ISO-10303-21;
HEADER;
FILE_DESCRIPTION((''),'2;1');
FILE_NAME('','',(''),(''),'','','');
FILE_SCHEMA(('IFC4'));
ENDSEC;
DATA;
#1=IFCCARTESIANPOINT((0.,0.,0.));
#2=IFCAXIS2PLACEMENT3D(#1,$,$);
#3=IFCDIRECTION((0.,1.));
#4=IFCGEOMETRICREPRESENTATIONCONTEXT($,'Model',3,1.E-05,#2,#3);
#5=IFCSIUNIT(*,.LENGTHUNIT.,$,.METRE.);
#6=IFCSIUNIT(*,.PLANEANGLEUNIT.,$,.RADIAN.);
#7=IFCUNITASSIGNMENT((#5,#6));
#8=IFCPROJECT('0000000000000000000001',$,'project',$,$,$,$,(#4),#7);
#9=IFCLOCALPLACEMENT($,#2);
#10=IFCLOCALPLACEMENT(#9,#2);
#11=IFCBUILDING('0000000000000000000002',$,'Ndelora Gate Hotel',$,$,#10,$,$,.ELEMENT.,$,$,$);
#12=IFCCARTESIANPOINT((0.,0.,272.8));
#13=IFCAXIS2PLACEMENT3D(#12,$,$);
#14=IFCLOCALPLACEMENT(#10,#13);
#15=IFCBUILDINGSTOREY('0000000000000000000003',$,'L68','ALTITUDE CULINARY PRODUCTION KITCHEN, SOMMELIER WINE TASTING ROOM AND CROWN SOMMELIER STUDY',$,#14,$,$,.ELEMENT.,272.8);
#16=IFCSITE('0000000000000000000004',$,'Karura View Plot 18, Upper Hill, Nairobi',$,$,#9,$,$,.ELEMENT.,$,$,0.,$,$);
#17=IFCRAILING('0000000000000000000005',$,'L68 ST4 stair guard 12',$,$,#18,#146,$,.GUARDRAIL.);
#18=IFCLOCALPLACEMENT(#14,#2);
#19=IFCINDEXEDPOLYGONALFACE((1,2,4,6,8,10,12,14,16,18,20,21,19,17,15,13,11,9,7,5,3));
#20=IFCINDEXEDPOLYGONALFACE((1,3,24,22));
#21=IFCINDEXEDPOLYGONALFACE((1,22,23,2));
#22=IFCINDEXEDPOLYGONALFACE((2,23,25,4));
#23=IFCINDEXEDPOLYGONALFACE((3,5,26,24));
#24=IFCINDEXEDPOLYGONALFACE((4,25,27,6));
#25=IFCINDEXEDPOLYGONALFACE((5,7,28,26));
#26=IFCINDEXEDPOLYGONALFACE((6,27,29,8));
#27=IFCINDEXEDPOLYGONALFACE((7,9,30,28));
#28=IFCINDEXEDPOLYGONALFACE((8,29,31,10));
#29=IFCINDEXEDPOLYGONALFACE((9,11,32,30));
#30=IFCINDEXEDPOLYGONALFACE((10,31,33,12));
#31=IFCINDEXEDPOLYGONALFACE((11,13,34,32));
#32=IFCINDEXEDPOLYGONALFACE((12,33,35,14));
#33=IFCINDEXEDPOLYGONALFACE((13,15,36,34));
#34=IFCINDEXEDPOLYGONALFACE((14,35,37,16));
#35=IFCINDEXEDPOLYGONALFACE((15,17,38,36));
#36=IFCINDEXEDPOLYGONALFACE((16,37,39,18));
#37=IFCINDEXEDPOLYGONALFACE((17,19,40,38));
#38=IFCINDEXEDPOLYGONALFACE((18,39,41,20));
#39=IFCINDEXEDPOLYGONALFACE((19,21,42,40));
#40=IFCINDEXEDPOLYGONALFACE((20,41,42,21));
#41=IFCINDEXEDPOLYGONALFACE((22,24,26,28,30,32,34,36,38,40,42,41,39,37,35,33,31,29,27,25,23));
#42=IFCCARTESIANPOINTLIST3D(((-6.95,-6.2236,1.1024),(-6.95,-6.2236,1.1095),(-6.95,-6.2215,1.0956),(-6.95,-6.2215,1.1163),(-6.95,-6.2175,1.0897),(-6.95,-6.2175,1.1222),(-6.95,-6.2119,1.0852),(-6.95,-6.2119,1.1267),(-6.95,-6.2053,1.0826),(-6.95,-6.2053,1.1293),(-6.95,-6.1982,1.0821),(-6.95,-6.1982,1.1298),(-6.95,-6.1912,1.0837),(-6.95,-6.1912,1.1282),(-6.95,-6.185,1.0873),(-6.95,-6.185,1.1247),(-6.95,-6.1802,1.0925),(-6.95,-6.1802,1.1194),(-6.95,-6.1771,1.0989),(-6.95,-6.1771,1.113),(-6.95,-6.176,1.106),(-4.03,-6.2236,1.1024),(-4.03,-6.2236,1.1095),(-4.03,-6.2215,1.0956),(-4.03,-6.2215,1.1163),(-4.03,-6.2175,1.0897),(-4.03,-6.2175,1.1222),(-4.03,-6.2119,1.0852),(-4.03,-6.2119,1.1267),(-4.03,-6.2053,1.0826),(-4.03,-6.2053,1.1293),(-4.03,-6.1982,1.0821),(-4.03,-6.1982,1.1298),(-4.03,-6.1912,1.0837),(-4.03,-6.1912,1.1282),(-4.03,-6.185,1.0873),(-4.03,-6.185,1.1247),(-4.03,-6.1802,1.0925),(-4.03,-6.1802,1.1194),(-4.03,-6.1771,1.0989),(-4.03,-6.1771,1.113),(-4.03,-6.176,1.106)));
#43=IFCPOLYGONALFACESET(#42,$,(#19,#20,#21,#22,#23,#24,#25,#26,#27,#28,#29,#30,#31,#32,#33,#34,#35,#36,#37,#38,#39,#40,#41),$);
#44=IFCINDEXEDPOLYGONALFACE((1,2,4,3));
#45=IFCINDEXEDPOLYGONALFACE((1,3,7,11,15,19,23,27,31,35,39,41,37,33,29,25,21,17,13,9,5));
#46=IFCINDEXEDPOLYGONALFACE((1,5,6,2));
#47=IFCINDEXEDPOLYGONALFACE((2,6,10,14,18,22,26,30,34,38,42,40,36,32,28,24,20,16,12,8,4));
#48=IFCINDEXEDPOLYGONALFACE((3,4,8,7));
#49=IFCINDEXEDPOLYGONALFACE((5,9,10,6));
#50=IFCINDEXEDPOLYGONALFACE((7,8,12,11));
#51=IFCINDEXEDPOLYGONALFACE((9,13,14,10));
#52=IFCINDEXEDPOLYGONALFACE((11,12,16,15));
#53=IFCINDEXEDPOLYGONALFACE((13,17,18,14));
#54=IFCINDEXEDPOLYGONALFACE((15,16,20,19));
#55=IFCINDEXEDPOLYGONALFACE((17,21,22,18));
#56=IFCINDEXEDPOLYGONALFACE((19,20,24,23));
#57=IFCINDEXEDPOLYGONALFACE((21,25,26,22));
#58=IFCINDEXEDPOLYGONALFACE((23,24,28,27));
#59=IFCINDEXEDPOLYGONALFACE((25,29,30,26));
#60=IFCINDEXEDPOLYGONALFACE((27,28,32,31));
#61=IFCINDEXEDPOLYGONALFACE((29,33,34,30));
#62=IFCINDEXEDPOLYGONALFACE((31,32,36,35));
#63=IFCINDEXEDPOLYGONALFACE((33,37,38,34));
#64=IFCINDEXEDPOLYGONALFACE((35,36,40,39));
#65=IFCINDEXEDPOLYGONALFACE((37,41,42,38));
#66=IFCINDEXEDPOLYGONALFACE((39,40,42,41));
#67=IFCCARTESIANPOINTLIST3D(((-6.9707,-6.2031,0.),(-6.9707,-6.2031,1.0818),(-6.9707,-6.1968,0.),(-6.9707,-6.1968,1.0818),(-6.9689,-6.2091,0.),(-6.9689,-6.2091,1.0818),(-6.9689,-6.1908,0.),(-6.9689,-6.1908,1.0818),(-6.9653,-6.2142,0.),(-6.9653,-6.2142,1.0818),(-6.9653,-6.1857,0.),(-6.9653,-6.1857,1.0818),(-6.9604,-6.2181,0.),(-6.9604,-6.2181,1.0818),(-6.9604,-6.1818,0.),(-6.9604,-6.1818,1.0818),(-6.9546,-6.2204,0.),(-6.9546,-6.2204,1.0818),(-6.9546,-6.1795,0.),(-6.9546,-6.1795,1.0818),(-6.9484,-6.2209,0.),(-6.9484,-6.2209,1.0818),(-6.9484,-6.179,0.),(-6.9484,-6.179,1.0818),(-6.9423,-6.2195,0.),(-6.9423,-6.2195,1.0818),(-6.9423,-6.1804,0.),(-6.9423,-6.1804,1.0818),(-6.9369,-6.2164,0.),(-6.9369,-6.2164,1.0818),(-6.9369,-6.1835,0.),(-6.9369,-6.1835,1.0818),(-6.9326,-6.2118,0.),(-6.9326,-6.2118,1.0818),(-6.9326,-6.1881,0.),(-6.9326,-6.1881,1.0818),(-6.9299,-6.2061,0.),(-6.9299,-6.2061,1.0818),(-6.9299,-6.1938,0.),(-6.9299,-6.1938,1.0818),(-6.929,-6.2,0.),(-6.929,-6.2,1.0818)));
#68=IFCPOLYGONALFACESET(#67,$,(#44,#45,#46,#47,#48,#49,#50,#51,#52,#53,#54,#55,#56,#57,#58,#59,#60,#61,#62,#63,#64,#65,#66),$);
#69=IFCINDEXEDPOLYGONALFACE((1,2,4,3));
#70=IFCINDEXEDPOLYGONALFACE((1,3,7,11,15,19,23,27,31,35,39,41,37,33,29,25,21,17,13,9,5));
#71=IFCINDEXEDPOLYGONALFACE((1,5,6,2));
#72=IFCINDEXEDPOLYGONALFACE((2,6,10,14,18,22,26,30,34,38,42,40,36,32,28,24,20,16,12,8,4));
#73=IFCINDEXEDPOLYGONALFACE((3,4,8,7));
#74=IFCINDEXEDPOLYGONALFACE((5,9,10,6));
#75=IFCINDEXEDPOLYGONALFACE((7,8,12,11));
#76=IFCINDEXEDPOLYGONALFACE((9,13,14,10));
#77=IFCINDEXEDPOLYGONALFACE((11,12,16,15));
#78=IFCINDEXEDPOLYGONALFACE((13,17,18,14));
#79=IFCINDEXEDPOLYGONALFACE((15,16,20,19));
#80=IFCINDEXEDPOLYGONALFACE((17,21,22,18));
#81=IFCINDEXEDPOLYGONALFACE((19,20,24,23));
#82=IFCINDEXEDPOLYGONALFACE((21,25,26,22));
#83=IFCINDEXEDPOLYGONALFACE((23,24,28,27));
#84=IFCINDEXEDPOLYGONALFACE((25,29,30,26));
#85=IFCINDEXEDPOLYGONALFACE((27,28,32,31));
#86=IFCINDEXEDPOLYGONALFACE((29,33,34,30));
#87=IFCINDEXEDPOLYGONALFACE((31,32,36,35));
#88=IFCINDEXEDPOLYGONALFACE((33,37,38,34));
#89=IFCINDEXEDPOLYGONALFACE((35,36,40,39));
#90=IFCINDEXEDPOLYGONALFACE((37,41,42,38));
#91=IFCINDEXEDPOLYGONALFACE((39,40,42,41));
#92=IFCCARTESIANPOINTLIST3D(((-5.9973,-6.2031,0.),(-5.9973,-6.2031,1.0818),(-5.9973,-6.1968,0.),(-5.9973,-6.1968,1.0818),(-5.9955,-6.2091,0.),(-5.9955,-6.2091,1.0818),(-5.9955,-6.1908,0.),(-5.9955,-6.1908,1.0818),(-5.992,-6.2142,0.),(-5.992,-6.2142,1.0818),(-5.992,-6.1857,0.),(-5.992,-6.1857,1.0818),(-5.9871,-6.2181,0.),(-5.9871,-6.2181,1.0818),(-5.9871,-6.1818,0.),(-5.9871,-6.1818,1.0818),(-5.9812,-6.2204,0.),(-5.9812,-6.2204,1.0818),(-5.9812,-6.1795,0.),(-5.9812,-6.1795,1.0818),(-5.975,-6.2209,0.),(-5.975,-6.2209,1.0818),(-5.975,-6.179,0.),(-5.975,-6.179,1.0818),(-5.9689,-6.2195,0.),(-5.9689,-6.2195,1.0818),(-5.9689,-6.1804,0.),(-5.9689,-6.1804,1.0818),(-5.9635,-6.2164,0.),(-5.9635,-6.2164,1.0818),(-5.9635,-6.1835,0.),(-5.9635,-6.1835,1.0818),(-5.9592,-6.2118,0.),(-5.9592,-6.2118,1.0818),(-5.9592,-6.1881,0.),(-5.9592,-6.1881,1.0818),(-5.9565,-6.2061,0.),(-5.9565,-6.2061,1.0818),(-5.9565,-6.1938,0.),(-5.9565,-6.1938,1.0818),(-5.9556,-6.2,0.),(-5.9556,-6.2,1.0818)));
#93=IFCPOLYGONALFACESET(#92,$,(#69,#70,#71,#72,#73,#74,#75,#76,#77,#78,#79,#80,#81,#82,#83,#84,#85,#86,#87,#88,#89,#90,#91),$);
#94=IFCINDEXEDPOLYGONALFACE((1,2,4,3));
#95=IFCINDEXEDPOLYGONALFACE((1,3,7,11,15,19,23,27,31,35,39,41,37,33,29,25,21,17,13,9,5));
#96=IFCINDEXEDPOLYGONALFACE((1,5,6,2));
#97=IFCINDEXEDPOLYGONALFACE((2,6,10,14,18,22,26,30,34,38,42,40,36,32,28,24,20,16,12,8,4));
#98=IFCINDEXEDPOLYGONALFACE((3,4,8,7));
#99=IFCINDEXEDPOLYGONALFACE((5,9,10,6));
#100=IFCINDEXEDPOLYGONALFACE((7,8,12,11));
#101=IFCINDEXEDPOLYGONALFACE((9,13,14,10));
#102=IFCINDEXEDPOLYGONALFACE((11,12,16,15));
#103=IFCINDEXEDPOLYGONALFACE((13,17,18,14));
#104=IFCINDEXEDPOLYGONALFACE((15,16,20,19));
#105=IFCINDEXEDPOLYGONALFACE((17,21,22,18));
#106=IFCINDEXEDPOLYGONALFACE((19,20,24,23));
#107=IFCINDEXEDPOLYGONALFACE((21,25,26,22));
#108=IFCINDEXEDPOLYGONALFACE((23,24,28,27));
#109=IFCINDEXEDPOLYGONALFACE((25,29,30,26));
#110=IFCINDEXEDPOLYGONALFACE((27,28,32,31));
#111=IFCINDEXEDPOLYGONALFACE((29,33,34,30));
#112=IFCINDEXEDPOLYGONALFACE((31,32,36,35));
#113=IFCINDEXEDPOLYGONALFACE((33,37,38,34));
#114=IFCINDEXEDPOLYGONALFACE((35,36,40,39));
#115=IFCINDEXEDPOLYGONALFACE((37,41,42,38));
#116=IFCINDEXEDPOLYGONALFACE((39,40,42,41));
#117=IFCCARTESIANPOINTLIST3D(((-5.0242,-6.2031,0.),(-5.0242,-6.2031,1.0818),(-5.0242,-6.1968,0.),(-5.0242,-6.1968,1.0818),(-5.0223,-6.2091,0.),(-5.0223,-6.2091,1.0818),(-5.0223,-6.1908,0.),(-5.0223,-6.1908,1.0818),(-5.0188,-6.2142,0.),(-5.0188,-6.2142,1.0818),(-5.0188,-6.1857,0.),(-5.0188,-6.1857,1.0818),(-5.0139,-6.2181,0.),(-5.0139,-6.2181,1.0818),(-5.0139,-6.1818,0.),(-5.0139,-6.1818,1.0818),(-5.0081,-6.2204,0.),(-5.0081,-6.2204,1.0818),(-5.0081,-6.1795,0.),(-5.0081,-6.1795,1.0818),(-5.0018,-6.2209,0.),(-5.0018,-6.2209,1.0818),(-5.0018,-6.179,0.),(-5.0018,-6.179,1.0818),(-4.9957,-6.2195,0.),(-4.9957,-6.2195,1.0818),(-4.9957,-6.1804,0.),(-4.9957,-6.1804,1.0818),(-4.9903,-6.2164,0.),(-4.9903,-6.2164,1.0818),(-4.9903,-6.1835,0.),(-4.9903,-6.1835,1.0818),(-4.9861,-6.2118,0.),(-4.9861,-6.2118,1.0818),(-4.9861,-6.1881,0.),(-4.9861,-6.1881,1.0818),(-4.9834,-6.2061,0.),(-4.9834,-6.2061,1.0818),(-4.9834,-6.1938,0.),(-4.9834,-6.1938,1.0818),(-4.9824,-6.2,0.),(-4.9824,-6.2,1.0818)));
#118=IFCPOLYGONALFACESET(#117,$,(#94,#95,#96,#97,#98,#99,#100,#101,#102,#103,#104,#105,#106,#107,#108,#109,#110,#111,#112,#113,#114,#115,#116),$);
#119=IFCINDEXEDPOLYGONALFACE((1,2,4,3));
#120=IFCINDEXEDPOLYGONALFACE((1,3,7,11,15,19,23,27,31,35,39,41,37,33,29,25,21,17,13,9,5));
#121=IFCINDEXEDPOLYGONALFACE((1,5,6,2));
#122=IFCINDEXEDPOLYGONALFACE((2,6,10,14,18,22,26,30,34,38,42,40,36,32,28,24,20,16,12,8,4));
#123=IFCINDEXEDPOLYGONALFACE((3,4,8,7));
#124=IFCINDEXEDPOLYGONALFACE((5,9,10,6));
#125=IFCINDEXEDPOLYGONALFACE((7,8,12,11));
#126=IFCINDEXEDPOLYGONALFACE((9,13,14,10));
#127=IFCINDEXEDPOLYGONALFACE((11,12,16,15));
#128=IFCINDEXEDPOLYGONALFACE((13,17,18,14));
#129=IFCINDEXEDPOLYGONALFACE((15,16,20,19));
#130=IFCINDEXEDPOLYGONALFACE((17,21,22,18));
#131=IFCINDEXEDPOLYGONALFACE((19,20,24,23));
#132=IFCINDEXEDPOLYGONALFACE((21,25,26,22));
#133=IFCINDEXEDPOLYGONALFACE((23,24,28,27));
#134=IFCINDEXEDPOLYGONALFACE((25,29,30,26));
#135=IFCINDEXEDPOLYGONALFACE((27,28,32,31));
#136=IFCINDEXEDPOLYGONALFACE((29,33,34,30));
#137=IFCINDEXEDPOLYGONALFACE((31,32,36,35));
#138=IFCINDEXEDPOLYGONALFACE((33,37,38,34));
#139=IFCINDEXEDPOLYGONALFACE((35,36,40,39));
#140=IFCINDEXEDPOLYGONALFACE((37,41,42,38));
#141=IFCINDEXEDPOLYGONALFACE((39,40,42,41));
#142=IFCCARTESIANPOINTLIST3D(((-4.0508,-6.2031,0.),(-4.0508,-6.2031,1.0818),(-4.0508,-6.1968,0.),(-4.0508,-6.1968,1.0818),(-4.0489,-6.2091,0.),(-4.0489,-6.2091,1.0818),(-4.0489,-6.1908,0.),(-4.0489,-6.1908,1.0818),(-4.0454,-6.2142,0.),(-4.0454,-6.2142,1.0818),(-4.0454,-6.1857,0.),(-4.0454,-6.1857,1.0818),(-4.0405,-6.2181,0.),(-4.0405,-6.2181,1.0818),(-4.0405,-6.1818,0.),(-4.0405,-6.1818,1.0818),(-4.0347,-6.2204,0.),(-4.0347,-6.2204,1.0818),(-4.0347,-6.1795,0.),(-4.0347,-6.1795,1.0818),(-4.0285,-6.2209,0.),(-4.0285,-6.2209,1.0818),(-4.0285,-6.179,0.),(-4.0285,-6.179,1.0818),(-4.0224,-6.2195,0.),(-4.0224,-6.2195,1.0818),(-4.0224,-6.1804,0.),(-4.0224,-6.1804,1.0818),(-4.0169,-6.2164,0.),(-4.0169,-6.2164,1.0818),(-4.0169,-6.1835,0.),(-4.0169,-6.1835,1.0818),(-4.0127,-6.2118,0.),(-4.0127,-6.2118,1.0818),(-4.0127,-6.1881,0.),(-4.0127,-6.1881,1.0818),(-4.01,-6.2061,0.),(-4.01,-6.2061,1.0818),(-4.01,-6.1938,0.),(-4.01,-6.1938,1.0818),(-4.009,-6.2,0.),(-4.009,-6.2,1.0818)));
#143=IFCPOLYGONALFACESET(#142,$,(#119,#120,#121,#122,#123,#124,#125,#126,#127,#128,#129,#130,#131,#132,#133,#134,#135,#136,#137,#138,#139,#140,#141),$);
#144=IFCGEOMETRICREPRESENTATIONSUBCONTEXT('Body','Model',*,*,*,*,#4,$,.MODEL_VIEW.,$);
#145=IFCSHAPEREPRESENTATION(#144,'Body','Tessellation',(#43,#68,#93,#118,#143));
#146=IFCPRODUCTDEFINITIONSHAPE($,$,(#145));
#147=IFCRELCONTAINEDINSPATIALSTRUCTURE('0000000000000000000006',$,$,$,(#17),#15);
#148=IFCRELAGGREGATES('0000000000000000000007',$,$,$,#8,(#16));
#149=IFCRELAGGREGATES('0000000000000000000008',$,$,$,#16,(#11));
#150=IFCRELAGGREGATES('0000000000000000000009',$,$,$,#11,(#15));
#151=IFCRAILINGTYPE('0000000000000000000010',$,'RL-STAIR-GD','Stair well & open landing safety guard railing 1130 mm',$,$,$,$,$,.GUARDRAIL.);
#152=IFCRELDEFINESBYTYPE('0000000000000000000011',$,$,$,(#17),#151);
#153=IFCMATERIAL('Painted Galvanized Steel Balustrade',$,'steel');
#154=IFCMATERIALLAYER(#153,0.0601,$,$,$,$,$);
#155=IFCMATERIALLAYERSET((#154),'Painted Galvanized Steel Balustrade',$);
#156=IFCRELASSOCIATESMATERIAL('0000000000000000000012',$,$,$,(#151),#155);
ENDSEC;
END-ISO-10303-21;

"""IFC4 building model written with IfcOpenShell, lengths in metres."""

from ifc_helpers import new_model, si_unit, direction, frame, origin, origin_2d, place, context, subcontext, project, spatial, circle, extrude, material, layer, layer_set, type_object, element, save


model = new_model("IFC4")

# Units and contexts
model_context = context("Model", 3, precision=1e-05, world=origin(), true_north=direction((0.0, 1.0)))
body_context = subcontext(model_context, "Body", "Model", "MODEL_VIEW")
ifc_project = project(units=[si_unit("LENGTHUNIT", "METRE"), si_unit("PLANEANGLEUNIT", "RADIAN")], contexts=[model_context])

# Site, building, storey
site_placement = place(None, origin())
site = spatial("IfcSite", under=ifc_project, at=site_placement, Name="Karura View Plot 18, Upper Hill, Nairobi", CompositionType="ELEMENT", RefElevation=0.0)
building_placement = place(site_placement, origin())
building = spatial("IfcBuilding", under=site, at=building_placement, Name="Ndelora Gate Hotel", CompositionType="ELEMENT")
storey_placement = place(building_placement, frame((0.0, 0.0, 272.8)))
storey = spatial("IfcBuildingStorey", under=building, at=storey_placement, Name="L68", Description="ALTITUDE CULINARY PRODUCTION KITCHEN, SOMMELIER WINE TASTING ROOM AND CROWN SOMMELIER STUDY", CompositionType="ELEMENT", Elevation=272.8)

# Railing
ifc_material_1 = material(Name="Painted Galvanized Steel Balustrade", Category="steel")
ifc_layer_1 = layer(ifc_material_1, 0.0601)
ifc_layer_set_1 = layer_set([ifc_layer_1], Name="Painted Galvanized Steel Balustrade")
railing_type_1 = type_object("IfcRailingType", Name="RL-STAIR-GD", Description="Stair well & open landing safety guard railing 1130 mm", PredefinedType="GUARDRAIL", material=ifc_layer_set_1)
railing_1_placement = place(storey_placement, frame((-6.95, -6.2, 0.0)))
element("IfcRailing", 1, at=railing_1_placement, inside=storey, type_object=railing_type_1, Name="L68 ST4 stair guard 12", PredefinedType="GUARDRAIL", context=body_context, shape_type="SweptSolid", body=[
    extrude(circle(Radius=0.0239, at=origin_2d()), frame((0.0, 0.0, 1.106), z_axis=(1.0, 0.0, 0.0), x_axis=(0.0, 1.0, 0.0)), (0.0, 0.0, 1.0), 2.9199),
    extrude(circle(Radius=0.021, at=origin_2d()), origin(), (0.0, 0.0, 1.0), 1.0818),
    extrude(circle(Radius=0.021, at=origin_2d()), frame((0.9734, 0.0, 0.0)), (0.0, 0.0, 1.0), 1.0818),
    extrude(circle(Radius=0.021, at=origin_2d()), frame((1.9465, 0.0, 0.0)), (0.0, 0.0, 1.0), 1.0818),
    extrude(circle(Radius=0.021, at=origin_2d()), frame((2.9199, 0.0, 0.0)), (0.0, 0.0, 1.0), 1.0818),
])

save(model, "model.ifc")
